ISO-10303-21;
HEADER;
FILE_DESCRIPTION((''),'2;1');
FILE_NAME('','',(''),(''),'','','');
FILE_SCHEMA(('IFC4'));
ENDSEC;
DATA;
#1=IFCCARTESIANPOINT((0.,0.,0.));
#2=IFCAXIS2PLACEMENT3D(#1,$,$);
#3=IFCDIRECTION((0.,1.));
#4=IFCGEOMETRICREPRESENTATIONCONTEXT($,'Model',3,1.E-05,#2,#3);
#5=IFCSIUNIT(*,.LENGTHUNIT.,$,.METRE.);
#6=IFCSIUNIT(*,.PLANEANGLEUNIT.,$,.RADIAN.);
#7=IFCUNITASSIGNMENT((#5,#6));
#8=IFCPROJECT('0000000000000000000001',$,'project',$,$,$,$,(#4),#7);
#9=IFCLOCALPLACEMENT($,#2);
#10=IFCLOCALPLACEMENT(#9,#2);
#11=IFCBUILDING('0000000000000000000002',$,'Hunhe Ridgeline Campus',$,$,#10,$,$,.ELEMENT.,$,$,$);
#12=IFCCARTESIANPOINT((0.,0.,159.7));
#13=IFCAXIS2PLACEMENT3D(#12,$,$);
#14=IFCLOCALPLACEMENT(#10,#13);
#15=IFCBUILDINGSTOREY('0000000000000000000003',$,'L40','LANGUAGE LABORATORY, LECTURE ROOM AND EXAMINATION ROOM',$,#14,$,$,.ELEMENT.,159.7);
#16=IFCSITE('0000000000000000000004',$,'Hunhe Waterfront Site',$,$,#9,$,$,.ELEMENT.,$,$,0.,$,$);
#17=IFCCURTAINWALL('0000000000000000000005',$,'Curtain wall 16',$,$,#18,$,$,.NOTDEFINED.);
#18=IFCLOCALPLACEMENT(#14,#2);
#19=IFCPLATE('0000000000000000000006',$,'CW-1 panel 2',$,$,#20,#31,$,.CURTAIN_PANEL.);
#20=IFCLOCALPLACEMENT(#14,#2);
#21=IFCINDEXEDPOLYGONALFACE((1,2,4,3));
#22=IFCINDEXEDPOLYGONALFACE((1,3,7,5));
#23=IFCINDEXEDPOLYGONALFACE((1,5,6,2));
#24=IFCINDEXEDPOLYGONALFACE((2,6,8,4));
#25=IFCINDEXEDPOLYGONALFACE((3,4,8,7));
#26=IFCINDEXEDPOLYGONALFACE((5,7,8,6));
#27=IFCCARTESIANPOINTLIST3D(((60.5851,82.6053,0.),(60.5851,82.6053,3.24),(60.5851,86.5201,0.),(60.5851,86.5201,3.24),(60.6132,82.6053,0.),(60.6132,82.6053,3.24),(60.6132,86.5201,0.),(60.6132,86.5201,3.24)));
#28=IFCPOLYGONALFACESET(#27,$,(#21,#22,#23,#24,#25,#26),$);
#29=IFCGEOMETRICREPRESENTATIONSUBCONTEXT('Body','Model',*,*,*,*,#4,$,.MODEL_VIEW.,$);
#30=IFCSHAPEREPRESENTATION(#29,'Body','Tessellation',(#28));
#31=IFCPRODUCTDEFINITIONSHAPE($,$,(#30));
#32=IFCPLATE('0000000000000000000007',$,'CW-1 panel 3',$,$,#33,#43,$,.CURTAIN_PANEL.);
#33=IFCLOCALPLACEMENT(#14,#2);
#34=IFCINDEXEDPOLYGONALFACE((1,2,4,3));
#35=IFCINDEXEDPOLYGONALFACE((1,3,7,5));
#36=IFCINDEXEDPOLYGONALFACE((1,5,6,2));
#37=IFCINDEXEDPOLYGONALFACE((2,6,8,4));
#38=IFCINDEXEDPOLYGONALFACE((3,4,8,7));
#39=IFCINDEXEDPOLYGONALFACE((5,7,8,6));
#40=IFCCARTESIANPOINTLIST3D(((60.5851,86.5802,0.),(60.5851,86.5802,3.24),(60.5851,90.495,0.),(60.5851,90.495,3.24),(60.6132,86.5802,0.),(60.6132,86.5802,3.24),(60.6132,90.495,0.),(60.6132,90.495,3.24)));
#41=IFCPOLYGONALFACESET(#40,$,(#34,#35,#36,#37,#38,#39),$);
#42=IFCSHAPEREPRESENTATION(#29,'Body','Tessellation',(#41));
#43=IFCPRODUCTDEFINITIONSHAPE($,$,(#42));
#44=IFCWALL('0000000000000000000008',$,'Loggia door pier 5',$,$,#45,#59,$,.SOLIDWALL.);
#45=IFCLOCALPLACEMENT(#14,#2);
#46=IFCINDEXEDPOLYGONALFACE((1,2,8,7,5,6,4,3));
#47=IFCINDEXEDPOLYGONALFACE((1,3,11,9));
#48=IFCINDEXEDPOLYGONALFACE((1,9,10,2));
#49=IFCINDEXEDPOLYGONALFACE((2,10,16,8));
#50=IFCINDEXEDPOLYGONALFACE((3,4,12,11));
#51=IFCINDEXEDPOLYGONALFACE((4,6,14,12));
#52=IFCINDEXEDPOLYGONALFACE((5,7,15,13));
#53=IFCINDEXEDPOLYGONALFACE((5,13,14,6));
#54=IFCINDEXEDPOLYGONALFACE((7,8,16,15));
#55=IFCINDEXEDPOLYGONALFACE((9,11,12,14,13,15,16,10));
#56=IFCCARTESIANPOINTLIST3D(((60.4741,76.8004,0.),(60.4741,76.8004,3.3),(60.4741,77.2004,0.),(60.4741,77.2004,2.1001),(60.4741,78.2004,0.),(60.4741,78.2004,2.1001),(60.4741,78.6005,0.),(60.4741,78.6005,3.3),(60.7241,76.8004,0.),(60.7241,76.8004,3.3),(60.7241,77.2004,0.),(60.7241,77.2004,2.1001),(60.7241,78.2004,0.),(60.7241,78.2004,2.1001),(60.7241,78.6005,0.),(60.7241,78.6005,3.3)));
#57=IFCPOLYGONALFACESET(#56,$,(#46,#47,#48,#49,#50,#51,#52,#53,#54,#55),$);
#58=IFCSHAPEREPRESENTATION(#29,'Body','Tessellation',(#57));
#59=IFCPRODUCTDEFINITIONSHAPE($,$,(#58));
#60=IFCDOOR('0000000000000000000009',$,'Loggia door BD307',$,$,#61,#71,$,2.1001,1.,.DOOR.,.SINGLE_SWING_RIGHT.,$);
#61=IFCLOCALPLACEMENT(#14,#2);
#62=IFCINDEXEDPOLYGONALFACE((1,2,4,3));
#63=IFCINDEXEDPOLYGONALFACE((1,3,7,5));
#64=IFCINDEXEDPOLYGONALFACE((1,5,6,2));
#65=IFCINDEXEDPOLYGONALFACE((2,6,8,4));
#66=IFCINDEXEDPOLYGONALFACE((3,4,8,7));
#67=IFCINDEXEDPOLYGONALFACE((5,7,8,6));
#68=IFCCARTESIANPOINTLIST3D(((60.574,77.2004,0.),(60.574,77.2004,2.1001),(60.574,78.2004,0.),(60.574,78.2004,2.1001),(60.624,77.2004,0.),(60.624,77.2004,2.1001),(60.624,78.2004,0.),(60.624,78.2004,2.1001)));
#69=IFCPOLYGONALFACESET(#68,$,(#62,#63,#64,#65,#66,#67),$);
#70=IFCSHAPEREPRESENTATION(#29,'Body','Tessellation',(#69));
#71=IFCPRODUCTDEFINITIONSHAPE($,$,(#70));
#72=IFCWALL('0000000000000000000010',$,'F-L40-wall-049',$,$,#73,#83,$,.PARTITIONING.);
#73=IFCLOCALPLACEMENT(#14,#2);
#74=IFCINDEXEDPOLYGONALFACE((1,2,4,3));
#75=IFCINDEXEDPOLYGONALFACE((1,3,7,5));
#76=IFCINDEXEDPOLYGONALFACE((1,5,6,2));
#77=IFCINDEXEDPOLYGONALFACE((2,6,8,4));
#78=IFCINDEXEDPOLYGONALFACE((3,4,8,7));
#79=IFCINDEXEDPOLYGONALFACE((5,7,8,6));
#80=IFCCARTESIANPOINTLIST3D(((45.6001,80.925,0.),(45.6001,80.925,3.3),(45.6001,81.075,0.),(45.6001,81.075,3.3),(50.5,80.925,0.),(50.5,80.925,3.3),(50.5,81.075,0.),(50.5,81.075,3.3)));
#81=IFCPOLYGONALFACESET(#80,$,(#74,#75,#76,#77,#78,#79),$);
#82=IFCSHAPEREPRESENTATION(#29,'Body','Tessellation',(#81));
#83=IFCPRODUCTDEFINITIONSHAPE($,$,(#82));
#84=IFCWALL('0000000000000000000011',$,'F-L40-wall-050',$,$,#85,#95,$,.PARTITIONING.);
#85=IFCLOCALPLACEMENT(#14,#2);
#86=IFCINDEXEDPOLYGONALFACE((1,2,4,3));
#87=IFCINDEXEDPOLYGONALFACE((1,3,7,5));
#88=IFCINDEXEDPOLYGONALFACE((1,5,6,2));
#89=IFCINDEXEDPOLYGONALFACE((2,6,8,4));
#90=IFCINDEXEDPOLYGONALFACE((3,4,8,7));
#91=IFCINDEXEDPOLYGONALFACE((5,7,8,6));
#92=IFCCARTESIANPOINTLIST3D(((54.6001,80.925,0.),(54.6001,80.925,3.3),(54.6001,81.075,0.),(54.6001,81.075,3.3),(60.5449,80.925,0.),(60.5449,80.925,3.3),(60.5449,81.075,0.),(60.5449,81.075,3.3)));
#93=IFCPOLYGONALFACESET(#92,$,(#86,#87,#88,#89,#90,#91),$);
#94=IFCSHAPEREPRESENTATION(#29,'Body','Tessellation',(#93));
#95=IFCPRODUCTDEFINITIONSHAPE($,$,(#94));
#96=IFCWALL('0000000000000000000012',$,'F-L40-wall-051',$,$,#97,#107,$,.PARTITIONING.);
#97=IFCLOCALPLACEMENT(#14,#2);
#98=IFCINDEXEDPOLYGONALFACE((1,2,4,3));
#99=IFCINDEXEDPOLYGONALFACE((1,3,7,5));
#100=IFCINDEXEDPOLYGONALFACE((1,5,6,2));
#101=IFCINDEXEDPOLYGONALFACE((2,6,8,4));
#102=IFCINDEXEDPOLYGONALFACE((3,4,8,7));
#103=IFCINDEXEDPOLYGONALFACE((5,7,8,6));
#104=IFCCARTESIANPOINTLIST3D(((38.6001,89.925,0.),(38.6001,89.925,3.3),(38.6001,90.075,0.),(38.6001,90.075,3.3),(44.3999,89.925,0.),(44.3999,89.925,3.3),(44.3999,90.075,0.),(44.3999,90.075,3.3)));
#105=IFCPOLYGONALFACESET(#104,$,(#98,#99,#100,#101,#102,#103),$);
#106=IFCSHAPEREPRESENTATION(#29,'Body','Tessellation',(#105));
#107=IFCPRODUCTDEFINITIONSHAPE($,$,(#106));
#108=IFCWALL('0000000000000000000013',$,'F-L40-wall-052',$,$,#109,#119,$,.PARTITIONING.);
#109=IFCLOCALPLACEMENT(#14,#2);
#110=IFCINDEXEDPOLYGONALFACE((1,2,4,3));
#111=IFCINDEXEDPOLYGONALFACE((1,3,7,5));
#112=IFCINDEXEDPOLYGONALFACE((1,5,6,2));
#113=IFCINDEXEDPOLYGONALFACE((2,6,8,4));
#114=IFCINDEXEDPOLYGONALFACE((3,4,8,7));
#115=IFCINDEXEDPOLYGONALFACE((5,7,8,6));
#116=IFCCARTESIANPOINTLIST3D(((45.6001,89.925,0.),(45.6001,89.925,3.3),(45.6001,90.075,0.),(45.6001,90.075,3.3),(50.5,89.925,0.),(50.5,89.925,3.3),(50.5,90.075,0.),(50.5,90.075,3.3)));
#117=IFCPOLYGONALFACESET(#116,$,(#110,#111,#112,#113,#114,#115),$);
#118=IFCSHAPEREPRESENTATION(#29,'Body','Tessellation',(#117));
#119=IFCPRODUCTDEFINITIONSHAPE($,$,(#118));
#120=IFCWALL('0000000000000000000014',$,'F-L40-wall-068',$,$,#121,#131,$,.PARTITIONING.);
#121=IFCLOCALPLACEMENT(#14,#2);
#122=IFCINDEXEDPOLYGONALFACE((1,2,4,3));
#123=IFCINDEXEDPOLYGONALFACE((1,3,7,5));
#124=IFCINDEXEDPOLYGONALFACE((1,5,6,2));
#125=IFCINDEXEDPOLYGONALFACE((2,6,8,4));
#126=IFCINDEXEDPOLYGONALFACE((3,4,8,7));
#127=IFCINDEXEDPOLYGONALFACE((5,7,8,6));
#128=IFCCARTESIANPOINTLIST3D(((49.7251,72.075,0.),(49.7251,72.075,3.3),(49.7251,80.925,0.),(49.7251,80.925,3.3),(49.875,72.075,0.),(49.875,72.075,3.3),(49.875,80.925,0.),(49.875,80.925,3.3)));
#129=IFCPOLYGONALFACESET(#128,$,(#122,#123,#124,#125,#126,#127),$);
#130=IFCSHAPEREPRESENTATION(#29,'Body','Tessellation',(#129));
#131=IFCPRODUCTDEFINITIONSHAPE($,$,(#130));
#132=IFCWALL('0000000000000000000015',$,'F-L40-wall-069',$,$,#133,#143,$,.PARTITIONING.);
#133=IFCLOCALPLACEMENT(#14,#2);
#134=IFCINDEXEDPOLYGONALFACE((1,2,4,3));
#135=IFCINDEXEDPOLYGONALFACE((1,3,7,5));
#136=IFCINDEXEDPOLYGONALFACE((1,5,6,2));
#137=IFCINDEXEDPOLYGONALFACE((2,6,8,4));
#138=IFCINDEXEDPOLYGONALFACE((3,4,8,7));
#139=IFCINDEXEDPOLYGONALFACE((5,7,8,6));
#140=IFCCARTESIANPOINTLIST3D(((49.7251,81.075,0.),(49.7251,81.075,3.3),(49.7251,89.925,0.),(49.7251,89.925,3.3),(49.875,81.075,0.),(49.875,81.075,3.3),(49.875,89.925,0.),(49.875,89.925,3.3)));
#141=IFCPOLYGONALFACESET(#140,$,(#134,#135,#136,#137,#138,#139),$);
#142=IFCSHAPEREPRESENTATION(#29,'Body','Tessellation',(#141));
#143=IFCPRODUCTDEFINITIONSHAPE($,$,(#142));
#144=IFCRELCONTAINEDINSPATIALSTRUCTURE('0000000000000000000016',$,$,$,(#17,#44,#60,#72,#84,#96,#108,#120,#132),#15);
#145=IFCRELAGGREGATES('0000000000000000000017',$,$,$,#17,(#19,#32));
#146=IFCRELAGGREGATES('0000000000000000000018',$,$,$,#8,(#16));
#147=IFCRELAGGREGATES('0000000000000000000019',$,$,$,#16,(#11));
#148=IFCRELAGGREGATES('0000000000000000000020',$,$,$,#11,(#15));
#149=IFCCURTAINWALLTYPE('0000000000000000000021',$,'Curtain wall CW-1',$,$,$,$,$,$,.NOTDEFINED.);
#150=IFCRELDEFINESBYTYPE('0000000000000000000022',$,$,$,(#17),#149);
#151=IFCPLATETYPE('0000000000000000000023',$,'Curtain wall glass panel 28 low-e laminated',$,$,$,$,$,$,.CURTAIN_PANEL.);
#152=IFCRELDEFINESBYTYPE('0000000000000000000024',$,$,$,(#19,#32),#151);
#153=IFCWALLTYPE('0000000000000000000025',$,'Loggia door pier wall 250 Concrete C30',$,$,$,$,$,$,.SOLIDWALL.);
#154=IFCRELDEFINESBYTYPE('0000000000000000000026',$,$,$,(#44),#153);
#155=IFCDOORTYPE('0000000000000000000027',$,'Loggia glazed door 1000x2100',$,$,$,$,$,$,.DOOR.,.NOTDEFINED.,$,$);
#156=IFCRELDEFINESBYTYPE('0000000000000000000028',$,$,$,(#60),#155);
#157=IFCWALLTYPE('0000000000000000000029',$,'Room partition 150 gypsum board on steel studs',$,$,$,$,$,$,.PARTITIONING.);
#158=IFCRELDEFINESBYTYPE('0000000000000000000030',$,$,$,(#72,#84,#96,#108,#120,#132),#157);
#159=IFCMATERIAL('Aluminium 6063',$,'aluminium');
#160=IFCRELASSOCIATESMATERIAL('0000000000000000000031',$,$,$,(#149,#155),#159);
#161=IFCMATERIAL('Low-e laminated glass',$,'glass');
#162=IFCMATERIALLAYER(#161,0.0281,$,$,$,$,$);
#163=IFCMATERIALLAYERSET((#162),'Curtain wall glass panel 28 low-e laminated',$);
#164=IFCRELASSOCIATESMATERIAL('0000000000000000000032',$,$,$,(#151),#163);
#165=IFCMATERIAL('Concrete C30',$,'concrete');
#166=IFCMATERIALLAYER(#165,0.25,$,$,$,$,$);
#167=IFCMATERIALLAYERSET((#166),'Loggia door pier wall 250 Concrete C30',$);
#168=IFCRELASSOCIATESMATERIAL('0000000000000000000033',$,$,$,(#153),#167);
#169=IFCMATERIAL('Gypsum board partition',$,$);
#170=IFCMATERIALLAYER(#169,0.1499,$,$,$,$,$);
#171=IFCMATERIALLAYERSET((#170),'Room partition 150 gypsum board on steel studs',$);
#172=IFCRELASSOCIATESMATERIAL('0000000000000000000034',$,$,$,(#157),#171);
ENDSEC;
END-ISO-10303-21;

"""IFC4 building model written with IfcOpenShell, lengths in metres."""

from ifc_helpers import new_model, si_unit, direction, frame, frame_2d, origin, origin_2d, place, context, subcontext, project, spatial, rectangle, extrude, material, layer, layer_set, type_object, element, fill, aggregate, save


model = new_model("IFC4")

# Units and contexts
model_context = context("Model", 3, precision=1e-05, world=origin(), true_north=direction((0.0, 1.0)))
body_context = subcontext(model_context, "Body", "Model", "MODEL_VIEW")
ifc_project = project(units=[si_unit("LENGTHUNIT", "METRE"), si_unit("PLANEANGLEUNIT", "RADIAN")], contexts=[model_context])

# Site, building, storey
site_placement = place(None, origin())
site = spatial("IfcSite", under=ifc_project, at=site_placement, Name="Hunhe Waterfront Site", CompositionType="ELEMENT", RefElevation=0.0)
building_placement = place(site_placement, origin())
building = spatial("IfcBuilding", under=site, at=building_placement, Name="Hunhe Ridgeline Campus", CompositionType="ELEMENT")
storey_placement = place(building_placement, frame((0.0, 0.0, 159.7)))
storey = spatial("IfcBuildingStorey", under=building, at=storey_placement, Name="L40", Description="LANGUAGE LABORATORY, LECTURE ROOM AND EXAMINATION ROOM", CompositionType="ELEMENT", Elevation=159.7)

# Curtain wall
ifc_material_1 = material(Name="Aluminium 6063", Category="aluminium")
curtain_wall_type = type_object("IfcCurtainWallType", Name="Curtain wall CW-1", PredefinedType="NOTDEFINED", material=ifc_material_1)
curtain_wall_1_placement = place(storey_placement, origin())
curtain_wall_1 = element("IfcCurtainWall", 1, at=curtain_wall_1_placement, inside=storey, type_object=curtain_wall_type, Name="Curtain wall 16", PredefinedType="NOTDEFINED")

# Plates
ifc_material_2 = material(Name="Low-e laminated glass", Category="glass")
ifc_layer_1 = layer(ifc_material_2, 0.0281)
ifc_layer_set_1 = layer_set([ifc_layer_1], Name="Curtain wall glass panel 28 low-e laminated")
plate_type = type_object("IfcPlateType", Name="Curtain wall glass panel 28 low-e laminated", PredefinedType="CURTAIN_PANEL", material=ifc_layer_set_1)
plate_1_placement = place(storey_placement, frame((60.5991, 84.5627, 0.0), z_axis=(0.0, 0.0, 1.0), x_axis=(0.0, 1.0, 0.0)))
plate_1 = element("IfcPlate", 2, at=plate_1_placement, type_object=plate_type, Name="CW-1 panel 2", PredefinedType="CURTAIN_PANEL", context=body_context, shape_type="SweptSolid", body=[
    extrude(rectangle(XDim=3.9148, YDim=0.0281, at=origin_2d()), origin(), (0.0, 0.0, 1.0), 3.24),
])
plate_2_placement = place(storey_placement, frame((60.5991, 88.5376, 0.0), z_axis=(0.0, 0.0, 1.0), x_axis=(0.0, 1.0, 0.0)))
plate_2 = element("IfcPlate", 3, at=plate_2_placement, type_object=plate_type, Name="CW-1 panel 3", PredefinedType="CURTAIN_PANEL", context=body_context, shape_type="SweptSolid", body=[
    extrude(rectangle(XDim=3.9148, YDim=0.0281, at=origin_2d()), origin(), (0.0, 0.0, 1.0), 3.24),
])
aggregate(curtain_wall_1, [plate_1, plate_2])

# Wall, opening, door
ifc_material_3 = material(Name="Concrete C30", Category="concrete")
ifc_layer_2 = layer(ifc_material_3, 0.25)
ifc_layer_set_2 = layer_set([ifc_layer_2], Name="Loggia door pier wall 250 Concrete C30")
wall_type_1 = type_object("IfcWallType", Name="Loggia door pier wall 250 Concrete C30", PredefinedType="SOLIDWALL", material=ifc_layer_set_2)
wall_1_placement = place(storey_placement, frame((60.5991, 76.8005, 0.0), z_axis=(0.0, 0.0, 1.0), x_axis=(0.0, 1.0, 0.0)))
wall_1 = element("IfcWall", 4, at=wall_1_placement, inside=storey, type_object=wall_type_1, Name="Loggia door pier 5", PredefinedType="SOLIDWALL", context=body_context, shape_type="SweptSolid", body=[
    extrude(rectangle(XDim=1.8, YDim=0.25, at=frame_2d((0.8999, 0.0))), origin(), (0.0, 0.0, 1.0), 3.3),
])
opening_placement = place(wall_1_placement, frame((0.3999, 0.0, 0.0)))
opening = element("IfcOpeningElement", 5, at=opening_placement, cuts=wall_1, PredefinedType="OPENING", context=body_context, shape_type="SweptSolid", body=[
    extrude(rectangle(XDim=1.0, YDim=2.1001, at=frame_2d((0.5, 1.05))), frame((0.0, 0.125, 0.0), z_axis=(0.0, -1.0, 0.0), x_axis=(1.0, 0.0, 0.0)), (0.0, 0.0, 1.0), 0.25),
])
door_type = type_object("IfcDoorType", Name="Loggia glazed door 1000x2100", OperationType="NOTDEFINED", PredefinedType="DOOR", material=ifc_material_1)
door_placement = place(opening_placement, frame((1.0, 0.0, 0.0), z_axis=(0.0, 0.0, 1.0), x_axis=(-1.0, 0.0, 0.0)))
door = element("IfcDoor", 6, at=door_placement, inside=storey, type_object=door_type, Name="Loggia door BD307", OperationType="SINGLE_SWING_RIGHT", OverallHeight=2.1001, OverallWidth=1.0, PredefinedType="DOOR", context=body_context, shape_type="SweptSolid", body=[
    extrude(rectangle(XDim=1.0, YDim=2.1001, at=frame_2d((0.5, 1.05))), frame((0.0, 0.0249, 0.0), z_axis=(0.0, -1.0, 0.0), x_axis=(1.0, 0.0, 0.0)), (0.0, 0.0, 1.0), 0.05),
])
fill(opening, door)

# Walls
ifc_material_4 = material(Name="Gypsum board partition")
ifc_layer_3 = layer(ifc_material_4, 0.1499)
ifc_layer_set_3 = layer_set([ifc_layer_3], Name="Room partition 150 gypsum board on steel studs")
wall_type_2 = type_object("IfcWallType", Name="Room partition 150 gypsum board on steel studs", PredefinedType="PARTITIONING", material=ifc_layer_set_3)
wall_2_placement = place(storey_placement, frame((45.6001, 81.0, 0.0), z_axis=(0.0, 0.0, 1.0), x_axis=(1.0, 0.0, 0.0)))
element("IfcWall", 7, at=wall_2_placement, inside=storey, type_object=wall_type_2, Name="F-L40-wall-049", PredefinedType="PARTITIONING", context=body_context, shape_type="SweptSolid", body=[
    extrude(rectangle(XDim=4.8999, YDim=0.1499, at=frame_2d((2.45, 0.0))), origin(), (0.0, 0.0, 1.0), 3.3),
])
wall_3_placement = place(storey_placement, frame((54.6001, 81.0, 0.0), z_axis=(0.0, 0.0, 1.0), x_axis=(1.0, 0.0, 0.0)))
element("IfcWall", 8, at=wall_3_placement, inside=storey, type_object=wall_type_2, Name="F-L40-wall-050", PredefinedType="PARTITIONING", context=body_context, shape_type="SweptSolid", body=[
    extrude(rectangle(XDim=5.9448, YDim=0.1499, at=frame_2d((2.9724, 0.0))), origin(), (0.0, 0.0, 1.0), 3.3),
])
wall_4_placement = place(storey_placement, frame((38.6001, 90.0, 0.0), z_axis=(0.0, 0.0, 1.0), x_axis=(1.0, 0.0, 0.0)))
element("IfcWall", 9, at=wall_4_placement, inside=storey, type_object=wall_type_2, Name="F-L40-wall-051", PredefinedType="PARTITIONING", context=body_context, shape_type="SweptSolid", body=[
    extrude(rectangle(XDim=5.7998, YDim=0.1499, at=frame_2d((2.8999, 0.0))), origin(), (0.0, 0.0, 1.0), 3.3),
])
wall_5_placement = place(storey_placement, frame((45.6001, 90.0, 0.0), z_axis=(0.0, 0.0, 1.0), x_axis=(1.0, 0.0, 0.0)))
element("IfcWall", 10, at=wall_5_placement, inside=storey, type_object=wall_type_2, Name="F-L40-wall-052", PredefinedType="PARTITIONING", context=body_context, shape_type="SweptSolid", body=[
    extrude(rectangle(XDim=4.8999, YDim=0.1499, at=frame_2d((2.45, 0.0))), origin(), (0.0, 0.0, 1.0), 3.3),
])
for number, where, z_axis, x_axis, name in (
    (11, (49.8, 80.925, 0.0), (0.0, 0.0, 1.0), (0.0, -1.0, 0.0), "F-L40-wall-068"),
    (12, (49.8, 89.925, 0.0), (0.0, 0.0, 1.0), (0.0, -1.0, 0.0), "F-L40-wall-069"),
):
    element("IfcWall", number, at=place(storey_placement, frame(where, z_axis=z_axis, x_axis=x_axis)), inside=storey, type_object=wall_type_2, Name=name, PredefinedType="PARTITIONING", context=body_context, shape_type="SweptSolid", body=[
        extrude(rectangle(XDim=8.8501, YDim=0.1499, at=frame_2d((4.425, 0.0))), origin(), (0.0, 0.0, 1.0), 3.3),
    ])

save(model, "model.ifc")
